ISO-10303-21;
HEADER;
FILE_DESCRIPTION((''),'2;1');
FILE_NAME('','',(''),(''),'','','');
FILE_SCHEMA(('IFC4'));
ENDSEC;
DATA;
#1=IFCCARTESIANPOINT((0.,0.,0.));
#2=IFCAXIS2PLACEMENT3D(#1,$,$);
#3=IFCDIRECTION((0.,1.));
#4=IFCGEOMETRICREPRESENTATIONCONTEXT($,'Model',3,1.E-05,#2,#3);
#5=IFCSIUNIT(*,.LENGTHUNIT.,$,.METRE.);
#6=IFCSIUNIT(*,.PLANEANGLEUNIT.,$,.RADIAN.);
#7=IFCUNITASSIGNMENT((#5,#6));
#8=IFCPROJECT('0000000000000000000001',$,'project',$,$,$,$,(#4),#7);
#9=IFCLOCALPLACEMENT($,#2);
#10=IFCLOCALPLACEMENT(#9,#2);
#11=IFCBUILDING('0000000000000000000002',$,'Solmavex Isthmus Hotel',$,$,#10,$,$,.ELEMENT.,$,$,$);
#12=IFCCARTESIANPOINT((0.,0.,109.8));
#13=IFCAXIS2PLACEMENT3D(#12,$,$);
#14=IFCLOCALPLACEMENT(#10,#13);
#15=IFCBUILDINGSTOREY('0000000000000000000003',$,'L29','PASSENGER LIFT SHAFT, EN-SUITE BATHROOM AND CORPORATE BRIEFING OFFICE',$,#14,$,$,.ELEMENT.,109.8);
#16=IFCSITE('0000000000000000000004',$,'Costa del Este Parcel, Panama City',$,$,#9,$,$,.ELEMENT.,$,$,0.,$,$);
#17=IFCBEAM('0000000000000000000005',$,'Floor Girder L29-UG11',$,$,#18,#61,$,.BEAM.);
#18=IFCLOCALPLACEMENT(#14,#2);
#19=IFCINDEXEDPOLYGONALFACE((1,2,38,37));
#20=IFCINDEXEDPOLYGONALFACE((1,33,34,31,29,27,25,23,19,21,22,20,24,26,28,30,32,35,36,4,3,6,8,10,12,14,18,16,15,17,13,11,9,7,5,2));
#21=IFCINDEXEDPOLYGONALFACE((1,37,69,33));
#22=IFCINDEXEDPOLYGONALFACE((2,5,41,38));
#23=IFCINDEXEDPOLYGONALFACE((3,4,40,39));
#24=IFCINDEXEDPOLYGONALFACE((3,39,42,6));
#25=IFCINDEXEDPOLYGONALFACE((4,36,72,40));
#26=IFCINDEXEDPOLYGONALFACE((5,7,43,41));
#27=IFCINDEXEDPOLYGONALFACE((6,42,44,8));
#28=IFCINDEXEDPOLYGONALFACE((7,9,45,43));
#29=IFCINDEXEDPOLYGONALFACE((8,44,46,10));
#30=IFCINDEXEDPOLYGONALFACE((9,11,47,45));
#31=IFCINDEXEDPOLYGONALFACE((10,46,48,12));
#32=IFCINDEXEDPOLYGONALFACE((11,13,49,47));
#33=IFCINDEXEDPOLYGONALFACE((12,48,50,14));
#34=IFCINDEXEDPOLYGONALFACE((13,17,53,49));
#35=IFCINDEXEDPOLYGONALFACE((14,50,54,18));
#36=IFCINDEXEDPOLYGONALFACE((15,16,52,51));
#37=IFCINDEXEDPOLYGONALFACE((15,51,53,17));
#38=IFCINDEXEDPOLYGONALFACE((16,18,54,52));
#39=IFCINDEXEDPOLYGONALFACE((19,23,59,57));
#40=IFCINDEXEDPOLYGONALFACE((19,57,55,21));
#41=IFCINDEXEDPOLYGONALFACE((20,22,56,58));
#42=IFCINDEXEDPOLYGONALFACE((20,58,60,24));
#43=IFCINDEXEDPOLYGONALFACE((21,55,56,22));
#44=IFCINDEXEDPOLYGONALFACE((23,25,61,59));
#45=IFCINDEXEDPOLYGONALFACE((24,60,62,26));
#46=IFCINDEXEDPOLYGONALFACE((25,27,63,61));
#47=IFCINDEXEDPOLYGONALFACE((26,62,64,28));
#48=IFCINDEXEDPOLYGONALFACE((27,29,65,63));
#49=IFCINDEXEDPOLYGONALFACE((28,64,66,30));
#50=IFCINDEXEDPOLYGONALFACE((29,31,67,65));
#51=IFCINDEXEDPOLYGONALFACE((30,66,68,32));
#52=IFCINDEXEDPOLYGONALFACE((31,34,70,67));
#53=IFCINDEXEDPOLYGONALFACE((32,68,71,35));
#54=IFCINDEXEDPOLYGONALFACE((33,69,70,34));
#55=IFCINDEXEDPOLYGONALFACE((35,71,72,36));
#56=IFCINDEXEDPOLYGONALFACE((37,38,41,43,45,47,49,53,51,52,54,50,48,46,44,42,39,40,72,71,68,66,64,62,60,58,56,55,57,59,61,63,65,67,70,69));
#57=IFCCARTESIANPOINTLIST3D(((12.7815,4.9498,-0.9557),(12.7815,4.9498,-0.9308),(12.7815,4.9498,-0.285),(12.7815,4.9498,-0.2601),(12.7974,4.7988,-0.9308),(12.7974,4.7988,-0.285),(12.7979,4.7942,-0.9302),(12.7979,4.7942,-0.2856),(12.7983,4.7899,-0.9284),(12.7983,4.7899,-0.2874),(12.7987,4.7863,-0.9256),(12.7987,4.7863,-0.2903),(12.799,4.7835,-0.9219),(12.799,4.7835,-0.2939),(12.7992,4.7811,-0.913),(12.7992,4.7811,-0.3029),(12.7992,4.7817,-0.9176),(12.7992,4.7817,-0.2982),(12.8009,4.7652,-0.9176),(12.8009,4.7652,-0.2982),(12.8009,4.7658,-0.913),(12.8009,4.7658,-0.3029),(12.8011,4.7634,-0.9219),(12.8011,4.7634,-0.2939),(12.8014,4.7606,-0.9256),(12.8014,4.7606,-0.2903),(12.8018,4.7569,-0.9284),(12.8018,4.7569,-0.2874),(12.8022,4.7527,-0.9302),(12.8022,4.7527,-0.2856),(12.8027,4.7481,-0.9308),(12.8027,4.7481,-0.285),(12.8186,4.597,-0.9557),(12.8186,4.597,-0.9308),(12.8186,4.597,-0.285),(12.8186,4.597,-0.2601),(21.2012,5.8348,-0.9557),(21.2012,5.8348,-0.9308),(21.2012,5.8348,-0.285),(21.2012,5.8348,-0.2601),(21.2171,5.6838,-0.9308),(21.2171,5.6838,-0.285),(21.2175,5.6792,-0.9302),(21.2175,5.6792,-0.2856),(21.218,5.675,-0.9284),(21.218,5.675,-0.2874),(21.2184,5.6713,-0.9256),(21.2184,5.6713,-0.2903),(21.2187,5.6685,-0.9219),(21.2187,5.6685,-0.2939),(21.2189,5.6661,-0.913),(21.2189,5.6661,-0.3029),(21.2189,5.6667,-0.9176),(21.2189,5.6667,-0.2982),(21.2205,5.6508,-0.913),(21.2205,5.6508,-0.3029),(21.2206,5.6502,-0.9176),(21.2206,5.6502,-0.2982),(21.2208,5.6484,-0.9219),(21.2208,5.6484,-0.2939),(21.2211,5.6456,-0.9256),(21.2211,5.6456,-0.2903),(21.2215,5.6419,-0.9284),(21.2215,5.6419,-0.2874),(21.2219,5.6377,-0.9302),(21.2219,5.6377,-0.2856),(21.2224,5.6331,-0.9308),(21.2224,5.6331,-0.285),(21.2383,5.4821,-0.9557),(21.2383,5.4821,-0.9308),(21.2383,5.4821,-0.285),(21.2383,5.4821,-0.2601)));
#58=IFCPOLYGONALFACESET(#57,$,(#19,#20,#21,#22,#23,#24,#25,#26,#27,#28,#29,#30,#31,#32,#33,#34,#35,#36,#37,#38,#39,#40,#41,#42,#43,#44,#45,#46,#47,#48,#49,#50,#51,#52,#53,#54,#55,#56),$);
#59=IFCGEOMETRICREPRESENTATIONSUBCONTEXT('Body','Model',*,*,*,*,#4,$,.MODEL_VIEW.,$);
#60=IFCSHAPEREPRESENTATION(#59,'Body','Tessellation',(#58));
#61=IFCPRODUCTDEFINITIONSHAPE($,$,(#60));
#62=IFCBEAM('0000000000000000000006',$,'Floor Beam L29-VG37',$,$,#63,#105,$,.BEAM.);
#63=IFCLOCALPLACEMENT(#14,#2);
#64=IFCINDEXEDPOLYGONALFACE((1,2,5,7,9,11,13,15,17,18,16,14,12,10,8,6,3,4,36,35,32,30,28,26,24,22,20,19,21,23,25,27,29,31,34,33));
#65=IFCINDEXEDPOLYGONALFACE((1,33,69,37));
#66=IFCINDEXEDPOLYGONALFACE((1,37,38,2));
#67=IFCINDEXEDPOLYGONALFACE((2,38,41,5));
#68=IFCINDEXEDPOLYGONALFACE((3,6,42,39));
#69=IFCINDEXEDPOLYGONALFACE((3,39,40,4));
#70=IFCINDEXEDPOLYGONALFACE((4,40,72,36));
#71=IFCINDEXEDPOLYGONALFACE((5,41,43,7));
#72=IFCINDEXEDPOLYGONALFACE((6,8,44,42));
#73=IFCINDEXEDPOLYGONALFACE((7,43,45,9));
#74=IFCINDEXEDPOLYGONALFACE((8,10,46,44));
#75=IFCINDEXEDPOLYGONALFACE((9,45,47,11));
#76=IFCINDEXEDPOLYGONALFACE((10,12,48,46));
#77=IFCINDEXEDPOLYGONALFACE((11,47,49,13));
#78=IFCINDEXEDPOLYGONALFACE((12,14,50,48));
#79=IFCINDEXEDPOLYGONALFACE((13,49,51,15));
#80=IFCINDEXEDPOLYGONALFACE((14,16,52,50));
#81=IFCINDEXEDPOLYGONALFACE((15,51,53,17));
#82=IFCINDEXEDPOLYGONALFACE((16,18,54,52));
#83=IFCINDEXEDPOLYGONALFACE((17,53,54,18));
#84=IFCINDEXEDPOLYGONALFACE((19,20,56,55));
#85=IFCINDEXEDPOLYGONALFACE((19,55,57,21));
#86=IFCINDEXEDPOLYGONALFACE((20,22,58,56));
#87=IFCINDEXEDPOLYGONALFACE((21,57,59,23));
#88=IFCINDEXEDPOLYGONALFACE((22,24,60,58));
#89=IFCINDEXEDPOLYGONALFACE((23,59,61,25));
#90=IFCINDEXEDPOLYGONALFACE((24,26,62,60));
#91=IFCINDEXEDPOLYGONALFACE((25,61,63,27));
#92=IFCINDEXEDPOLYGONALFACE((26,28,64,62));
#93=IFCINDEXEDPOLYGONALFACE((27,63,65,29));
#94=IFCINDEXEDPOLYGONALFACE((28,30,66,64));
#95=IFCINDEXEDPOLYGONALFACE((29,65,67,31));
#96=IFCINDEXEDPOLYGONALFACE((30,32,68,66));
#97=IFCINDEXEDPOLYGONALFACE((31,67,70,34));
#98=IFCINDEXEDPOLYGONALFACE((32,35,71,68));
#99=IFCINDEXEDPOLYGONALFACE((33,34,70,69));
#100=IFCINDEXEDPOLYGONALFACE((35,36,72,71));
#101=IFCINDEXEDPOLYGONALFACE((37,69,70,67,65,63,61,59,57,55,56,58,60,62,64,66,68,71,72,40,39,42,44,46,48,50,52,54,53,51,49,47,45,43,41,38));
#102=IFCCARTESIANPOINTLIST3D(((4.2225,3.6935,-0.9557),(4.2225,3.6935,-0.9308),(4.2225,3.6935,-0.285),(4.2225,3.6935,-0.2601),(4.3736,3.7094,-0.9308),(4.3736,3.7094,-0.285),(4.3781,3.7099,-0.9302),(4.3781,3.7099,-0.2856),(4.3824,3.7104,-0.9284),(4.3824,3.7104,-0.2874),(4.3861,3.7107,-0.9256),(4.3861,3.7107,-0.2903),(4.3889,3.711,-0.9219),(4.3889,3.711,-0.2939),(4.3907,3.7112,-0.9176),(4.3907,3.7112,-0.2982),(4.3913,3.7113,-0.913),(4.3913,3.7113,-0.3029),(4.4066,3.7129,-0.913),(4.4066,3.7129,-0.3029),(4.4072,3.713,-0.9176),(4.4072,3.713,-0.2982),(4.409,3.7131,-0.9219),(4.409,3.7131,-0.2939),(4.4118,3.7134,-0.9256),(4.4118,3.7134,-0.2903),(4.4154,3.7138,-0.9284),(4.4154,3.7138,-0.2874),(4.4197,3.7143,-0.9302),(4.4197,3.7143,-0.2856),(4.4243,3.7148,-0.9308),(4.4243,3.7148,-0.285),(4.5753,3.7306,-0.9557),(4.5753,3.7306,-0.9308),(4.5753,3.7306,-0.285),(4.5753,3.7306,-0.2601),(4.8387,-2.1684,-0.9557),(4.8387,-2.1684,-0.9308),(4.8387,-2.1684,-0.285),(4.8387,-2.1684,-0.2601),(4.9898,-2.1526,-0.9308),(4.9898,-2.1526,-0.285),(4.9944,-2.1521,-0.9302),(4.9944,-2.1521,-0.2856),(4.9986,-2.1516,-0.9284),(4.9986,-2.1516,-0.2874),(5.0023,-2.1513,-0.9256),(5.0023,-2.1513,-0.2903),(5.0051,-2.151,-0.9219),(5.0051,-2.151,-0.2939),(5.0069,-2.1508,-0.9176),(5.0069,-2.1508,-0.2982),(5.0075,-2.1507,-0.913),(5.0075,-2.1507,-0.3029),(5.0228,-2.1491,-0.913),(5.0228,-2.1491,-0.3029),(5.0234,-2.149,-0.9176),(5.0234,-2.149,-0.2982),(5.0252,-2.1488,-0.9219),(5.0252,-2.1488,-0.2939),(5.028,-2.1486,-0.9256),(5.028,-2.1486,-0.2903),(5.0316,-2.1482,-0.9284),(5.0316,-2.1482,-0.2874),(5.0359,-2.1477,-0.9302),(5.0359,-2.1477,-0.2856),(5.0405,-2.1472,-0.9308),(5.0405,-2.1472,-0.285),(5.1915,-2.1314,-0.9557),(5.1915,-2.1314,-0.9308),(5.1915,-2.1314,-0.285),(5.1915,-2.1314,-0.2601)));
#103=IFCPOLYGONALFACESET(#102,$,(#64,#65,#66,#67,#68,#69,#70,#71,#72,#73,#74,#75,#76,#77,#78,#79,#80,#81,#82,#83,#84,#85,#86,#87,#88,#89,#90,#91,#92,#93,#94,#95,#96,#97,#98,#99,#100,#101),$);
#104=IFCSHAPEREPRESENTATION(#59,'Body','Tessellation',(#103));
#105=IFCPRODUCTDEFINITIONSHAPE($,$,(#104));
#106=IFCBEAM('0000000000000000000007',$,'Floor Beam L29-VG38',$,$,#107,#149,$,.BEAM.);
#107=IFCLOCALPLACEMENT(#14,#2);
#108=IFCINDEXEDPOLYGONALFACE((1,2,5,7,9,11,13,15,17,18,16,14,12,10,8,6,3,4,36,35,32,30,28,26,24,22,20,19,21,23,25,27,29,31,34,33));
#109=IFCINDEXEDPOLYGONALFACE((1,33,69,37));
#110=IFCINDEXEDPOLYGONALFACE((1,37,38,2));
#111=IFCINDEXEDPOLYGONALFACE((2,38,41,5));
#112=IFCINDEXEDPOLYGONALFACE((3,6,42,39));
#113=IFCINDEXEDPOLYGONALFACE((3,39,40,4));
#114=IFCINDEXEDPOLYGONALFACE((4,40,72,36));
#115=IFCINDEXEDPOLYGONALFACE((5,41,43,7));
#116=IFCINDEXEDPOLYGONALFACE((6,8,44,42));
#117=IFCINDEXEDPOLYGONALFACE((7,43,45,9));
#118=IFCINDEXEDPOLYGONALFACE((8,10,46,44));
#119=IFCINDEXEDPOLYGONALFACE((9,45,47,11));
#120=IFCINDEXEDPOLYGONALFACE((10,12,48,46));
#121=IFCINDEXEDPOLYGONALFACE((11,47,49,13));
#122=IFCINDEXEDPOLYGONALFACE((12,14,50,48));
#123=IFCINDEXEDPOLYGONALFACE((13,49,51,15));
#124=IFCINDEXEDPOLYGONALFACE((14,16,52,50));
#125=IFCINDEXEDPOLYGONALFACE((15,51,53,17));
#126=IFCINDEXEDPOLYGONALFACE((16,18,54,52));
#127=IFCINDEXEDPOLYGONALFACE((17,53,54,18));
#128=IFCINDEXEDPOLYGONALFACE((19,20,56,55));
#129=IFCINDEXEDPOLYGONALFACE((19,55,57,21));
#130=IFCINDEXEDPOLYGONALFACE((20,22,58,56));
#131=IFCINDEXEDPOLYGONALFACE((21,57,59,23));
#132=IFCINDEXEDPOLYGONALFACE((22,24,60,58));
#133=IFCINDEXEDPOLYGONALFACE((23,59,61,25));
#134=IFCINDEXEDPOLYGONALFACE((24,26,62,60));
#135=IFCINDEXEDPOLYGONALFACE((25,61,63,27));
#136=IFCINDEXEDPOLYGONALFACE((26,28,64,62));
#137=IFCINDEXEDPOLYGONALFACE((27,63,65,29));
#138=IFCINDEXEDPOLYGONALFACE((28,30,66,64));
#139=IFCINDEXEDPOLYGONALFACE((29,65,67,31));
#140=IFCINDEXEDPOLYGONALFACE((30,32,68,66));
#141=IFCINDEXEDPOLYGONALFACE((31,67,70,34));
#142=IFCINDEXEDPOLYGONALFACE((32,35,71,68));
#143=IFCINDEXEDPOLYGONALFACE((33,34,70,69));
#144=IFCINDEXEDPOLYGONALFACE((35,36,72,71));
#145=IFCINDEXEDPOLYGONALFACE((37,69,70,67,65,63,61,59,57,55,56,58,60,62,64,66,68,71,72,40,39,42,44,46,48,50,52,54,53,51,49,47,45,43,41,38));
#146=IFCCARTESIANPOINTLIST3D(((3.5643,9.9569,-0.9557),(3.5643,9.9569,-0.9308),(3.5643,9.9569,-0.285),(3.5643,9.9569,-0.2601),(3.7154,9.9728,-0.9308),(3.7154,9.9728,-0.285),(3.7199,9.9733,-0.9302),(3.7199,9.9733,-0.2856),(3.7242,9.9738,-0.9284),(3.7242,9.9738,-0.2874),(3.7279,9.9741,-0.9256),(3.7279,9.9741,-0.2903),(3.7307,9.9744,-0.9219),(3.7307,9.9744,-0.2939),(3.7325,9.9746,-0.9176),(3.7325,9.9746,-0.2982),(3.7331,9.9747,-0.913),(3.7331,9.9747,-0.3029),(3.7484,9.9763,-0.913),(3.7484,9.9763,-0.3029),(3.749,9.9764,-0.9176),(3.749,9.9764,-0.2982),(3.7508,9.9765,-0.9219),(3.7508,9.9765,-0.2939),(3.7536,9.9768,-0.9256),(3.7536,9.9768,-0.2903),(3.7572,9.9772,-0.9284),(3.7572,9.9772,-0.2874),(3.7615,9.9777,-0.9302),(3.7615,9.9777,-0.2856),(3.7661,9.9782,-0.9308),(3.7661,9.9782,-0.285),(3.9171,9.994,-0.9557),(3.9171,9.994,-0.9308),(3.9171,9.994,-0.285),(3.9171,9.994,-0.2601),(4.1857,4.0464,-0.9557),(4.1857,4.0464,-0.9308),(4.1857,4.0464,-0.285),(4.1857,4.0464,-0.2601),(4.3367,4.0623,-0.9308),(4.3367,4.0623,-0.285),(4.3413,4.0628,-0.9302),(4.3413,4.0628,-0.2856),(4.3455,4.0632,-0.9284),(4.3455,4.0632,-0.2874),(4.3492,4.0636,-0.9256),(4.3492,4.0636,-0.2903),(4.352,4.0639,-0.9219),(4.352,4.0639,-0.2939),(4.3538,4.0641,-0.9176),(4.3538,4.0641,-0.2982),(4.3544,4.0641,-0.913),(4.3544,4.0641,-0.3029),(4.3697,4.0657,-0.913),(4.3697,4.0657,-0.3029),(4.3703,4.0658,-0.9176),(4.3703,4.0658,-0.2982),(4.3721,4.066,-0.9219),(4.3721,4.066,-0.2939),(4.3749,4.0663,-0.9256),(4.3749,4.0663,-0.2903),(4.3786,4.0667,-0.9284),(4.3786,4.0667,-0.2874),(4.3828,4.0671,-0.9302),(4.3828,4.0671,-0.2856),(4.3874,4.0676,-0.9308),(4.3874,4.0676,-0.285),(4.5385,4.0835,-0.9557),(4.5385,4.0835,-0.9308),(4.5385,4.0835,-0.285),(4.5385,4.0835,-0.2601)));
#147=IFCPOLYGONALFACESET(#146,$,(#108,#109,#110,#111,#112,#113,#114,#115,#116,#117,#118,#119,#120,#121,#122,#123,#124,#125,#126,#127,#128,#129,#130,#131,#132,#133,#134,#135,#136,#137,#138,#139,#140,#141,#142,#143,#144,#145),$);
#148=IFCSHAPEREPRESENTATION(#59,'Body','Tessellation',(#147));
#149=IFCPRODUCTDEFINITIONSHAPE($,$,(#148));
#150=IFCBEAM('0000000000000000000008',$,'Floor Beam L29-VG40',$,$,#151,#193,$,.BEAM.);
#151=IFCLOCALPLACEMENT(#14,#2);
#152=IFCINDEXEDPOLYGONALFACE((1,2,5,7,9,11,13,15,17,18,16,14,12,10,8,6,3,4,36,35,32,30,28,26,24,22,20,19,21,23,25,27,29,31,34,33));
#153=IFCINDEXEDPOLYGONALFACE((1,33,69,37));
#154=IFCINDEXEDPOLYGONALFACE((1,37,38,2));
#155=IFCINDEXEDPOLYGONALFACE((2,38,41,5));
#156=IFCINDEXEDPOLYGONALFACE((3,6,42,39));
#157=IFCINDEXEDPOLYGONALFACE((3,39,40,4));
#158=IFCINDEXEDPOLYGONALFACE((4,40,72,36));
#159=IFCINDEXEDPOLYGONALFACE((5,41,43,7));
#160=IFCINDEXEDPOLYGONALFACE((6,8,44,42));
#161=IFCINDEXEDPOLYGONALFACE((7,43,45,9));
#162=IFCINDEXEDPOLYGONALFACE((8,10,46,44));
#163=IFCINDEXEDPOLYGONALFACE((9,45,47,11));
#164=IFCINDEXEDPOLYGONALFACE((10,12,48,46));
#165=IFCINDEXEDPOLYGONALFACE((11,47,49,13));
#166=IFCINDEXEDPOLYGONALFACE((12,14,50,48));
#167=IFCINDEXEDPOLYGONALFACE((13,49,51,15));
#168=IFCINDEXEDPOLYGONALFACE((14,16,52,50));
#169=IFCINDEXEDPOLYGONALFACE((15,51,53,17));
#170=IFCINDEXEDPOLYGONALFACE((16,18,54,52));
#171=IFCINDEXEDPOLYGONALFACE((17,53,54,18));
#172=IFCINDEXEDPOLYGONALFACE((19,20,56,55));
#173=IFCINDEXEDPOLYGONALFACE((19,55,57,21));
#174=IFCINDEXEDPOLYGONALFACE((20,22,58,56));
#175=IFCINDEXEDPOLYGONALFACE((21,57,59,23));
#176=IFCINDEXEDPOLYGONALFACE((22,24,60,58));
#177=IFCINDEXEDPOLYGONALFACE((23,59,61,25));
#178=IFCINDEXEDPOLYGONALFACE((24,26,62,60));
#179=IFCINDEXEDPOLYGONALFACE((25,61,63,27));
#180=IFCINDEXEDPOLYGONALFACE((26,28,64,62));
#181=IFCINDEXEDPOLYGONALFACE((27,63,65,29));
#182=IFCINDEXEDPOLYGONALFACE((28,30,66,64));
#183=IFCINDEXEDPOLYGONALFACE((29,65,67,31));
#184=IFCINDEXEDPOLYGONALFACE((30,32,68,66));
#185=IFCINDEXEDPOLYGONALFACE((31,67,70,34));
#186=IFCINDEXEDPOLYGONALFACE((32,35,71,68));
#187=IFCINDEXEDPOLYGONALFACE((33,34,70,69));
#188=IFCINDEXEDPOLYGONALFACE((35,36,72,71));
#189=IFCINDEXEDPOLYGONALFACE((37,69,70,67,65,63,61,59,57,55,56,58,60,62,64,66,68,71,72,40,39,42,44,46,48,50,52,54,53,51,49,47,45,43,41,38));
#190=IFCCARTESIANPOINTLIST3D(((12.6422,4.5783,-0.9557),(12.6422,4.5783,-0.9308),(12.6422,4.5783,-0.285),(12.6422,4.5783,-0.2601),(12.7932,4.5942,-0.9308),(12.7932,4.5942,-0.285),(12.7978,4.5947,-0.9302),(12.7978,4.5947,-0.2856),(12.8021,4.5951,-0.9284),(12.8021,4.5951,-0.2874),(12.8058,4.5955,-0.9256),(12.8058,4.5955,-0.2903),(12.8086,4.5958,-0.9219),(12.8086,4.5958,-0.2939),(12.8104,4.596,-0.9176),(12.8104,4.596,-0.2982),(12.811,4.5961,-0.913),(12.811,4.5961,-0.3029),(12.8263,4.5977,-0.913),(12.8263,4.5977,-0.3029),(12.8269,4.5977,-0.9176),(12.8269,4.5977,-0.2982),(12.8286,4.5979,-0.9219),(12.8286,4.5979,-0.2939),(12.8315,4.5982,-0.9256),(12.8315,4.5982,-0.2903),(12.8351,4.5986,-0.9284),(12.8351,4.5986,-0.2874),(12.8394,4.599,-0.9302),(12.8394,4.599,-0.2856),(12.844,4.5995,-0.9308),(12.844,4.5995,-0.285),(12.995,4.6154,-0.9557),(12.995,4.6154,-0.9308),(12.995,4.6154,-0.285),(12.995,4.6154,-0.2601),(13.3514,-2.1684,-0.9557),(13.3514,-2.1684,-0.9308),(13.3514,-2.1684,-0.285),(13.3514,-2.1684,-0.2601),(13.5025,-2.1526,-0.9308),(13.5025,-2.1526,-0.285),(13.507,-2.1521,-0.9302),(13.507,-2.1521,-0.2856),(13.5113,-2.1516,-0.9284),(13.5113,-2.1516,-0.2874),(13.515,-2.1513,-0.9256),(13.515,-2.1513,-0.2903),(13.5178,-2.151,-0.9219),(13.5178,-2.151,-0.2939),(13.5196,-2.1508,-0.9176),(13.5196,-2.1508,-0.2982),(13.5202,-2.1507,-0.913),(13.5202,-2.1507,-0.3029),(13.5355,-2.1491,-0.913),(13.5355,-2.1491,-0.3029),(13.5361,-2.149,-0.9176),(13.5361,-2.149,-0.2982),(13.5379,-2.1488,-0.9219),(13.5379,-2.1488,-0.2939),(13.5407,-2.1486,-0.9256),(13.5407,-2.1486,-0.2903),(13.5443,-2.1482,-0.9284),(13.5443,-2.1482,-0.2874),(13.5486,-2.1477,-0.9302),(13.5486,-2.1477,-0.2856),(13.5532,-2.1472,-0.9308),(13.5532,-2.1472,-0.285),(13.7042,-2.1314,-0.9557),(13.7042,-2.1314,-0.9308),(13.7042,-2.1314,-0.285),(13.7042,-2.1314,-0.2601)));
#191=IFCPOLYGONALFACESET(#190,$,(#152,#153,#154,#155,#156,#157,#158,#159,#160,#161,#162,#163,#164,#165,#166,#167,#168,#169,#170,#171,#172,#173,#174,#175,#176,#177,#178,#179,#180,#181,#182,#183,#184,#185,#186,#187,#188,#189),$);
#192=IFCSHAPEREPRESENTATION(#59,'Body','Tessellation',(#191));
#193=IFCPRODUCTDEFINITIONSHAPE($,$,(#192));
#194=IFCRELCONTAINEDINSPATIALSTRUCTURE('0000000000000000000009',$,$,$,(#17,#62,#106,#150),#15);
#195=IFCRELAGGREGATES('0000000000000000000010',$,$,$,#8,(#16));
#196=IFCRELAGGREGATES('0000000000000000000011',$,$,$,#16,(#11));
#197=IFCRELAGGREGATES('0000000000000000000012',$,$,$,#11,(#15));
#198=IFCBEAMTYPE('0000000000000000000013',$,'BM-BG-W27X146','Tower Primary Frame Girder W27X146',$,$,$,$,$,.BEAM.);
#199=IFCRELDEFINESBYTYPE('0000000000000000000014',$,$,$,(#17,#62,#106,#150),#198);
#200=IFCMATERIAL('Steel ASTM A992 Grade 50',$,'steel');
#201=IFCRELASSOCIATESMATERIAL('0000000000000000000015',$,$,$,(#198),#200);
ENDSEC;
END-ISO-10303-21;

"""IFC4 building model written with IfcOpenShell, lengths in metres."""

from ifc_helpers import new_model, si_unit, direction, frame, origin, origin_2d, place, context, subcontext, project, spatial, i_section, extrude, material, material_profile, profile_set, type_object, element, save


model = new_model("IFC4")

# Units and contexts
model_context = context("Model", 3, precision=1e-05, world=origin(), true_north=direction((0.0, 1.0)))
body_context = subcontext(model_context, "Body", "Model", "MODEL_VIEW")
ifc_project = project(units=[si_unit("LENGTHUNIT", "METRE"), si_unit("PLANEANGLEUNIT", "RADIAN")], contexts=[model_context])

# Site, building, storey
site_placement = place(None, origin())
site = spatial("IfcSite", under=ifc_project, at=site_placement, Name="Costa del Este Parcel, Panama City", CompositionType="ELEMENT", RefElevation=0.0)
building_placement = place(site_placement, origin())
building = spatial("IfcBuilding", under=site, at=building_placement, Name="Solmavex Isthmus Hotel", CompositionType="ELEMENT")
storey_placement = place(building_placement, frame((0.0, 0.0, 109.8)))
storey = spatial("IfcBuildingStorey", under=building, at=storey_placement, Name="L29", Description="PASSENGER LIFT SHAFT, EN-SUITE BATHROOM AND CORPORATE BRIEFING OFFICE", CompositionType="ELEMENT", Elevation=109.8)

# Beams
ifc_material_1 = material(Name="Steel ASTM A992 Grade 50", Category="steel")
ifc_material_profile_1 = material_profile(ifc_material_1, i_section(OverallWidth=0.3547, OverallDepth=0.6956, WebThickness=0.0154, FlangeThickness=0.0249, FilletRadius=0.0178, at=origin_2d()), Name="W27X146")
ifc_profile_set_1 = profile_set([ifc_material_profile_1], Name="Steel ASTM A992 Grade 50")
beam_type_1 = type_object("IfcBeamType", Name="BM-BG-W27X146", Description="Tower Primary Frame Girder W27X146", PredefinedType="BEAM", material=ifc_profile_set_1)
for number, where, z_axis, x_axis, name in (
    (1, (12.8, 4.7734, -0.6079), (0.994521, 0.104536, 0.0), (-0.104536, 0.994521, 0.0), "Floor Girder L29-UG11"),
):
    element("IfcBeam", number, at=place(storey_placement, frame(where, z_axis=z_axis, x_axis=x_axis)), inside=storey, type_object=beam_type_1, Name=name, PredefinedType="BEAM", context=body_context, shape_type="SweptSolid", body=[
        extrude(i_section(OverallWidth=0.3547, OverallDepth=0.6956, WebThickness=0.0154, FlangeThickness=0.0249, FilletRadius=0.0178, at=origin_2d()), origin(), (0.0, 0.0, 1.0), 8.4661),
    ])
beam_1_placement = place(storey_placement, frame((5.0151, -2.1499, -0.6079), z_axis=(-0.104542, 0.99452, 0.0), x_axis=(-0.99452, -0.104542, 0.0)))
element("IfcBeam", 2, at=beam_1_placement, inside=storey, type_object=beam_type_1, Name="Floor Beam L29-VG37", PredefinedType="BEAM", context=body_context, shape_type="SweptSolid", body=[
    extrude(i_section(OverallWidth=0.3547, OverallDepth=0.6956, WebThickness=0.0154, FlangeThickness=0.0249, FilletRadius=0.0178, at=origin_2d()), origin(), (0.0, 0.0, 1.0), 5.8943),
])
beam_2_placement = place(storey_placement, frame((4.3621, 4.0649, -0.6079), z_axis=(-0.104546, 0.99452, 0.0), x_axis=(-0.99452, -0.104546, 0.0)))
element("IfcBeam", 3, at=beam_2_placement, inside=storey, type_object=beam_type_1, Name="Floor Beam L29-VG38", PredefinedType="BEAM", context=body_context, shape_type="SweptSolid", body=[
    extrude(i_section(OverallWidth=0.3547, OverallDepth=0.6956, WebThickness=0.0154, FlangeThickness=0.0249, FilletRadius=0.0178, at=origin_2d()), origin(), (0.0, 0.0, 1.0), 5.9431),
])
beam_3_placement = place(storey_placement, frame((13.5278, -2.1499, -0.6079), z_axis=(-0.104544, 0.99452, 0.0), x_axis=(-0.99452, -0.104544, 0.0)))
element("IfcBeam", 4, at=beam_3_placement, inside=storey, type_object=beam_type_1, Name="Floor Beam L29-VG40", PredefinedType="BEAM", context=body_context, shape_type="SweptSolid", body=[
    extrude(i_section(OverallWidth=0.3547, OverallDepth=0.6956, WebThickness=0.0154, FlangeThickness=0.0249, FilletRadius=0.0178, at=origin_2d()), origin(), (0.0, 0.0, 1.0), 6.7839),
])

save(model, "model.ifc")
